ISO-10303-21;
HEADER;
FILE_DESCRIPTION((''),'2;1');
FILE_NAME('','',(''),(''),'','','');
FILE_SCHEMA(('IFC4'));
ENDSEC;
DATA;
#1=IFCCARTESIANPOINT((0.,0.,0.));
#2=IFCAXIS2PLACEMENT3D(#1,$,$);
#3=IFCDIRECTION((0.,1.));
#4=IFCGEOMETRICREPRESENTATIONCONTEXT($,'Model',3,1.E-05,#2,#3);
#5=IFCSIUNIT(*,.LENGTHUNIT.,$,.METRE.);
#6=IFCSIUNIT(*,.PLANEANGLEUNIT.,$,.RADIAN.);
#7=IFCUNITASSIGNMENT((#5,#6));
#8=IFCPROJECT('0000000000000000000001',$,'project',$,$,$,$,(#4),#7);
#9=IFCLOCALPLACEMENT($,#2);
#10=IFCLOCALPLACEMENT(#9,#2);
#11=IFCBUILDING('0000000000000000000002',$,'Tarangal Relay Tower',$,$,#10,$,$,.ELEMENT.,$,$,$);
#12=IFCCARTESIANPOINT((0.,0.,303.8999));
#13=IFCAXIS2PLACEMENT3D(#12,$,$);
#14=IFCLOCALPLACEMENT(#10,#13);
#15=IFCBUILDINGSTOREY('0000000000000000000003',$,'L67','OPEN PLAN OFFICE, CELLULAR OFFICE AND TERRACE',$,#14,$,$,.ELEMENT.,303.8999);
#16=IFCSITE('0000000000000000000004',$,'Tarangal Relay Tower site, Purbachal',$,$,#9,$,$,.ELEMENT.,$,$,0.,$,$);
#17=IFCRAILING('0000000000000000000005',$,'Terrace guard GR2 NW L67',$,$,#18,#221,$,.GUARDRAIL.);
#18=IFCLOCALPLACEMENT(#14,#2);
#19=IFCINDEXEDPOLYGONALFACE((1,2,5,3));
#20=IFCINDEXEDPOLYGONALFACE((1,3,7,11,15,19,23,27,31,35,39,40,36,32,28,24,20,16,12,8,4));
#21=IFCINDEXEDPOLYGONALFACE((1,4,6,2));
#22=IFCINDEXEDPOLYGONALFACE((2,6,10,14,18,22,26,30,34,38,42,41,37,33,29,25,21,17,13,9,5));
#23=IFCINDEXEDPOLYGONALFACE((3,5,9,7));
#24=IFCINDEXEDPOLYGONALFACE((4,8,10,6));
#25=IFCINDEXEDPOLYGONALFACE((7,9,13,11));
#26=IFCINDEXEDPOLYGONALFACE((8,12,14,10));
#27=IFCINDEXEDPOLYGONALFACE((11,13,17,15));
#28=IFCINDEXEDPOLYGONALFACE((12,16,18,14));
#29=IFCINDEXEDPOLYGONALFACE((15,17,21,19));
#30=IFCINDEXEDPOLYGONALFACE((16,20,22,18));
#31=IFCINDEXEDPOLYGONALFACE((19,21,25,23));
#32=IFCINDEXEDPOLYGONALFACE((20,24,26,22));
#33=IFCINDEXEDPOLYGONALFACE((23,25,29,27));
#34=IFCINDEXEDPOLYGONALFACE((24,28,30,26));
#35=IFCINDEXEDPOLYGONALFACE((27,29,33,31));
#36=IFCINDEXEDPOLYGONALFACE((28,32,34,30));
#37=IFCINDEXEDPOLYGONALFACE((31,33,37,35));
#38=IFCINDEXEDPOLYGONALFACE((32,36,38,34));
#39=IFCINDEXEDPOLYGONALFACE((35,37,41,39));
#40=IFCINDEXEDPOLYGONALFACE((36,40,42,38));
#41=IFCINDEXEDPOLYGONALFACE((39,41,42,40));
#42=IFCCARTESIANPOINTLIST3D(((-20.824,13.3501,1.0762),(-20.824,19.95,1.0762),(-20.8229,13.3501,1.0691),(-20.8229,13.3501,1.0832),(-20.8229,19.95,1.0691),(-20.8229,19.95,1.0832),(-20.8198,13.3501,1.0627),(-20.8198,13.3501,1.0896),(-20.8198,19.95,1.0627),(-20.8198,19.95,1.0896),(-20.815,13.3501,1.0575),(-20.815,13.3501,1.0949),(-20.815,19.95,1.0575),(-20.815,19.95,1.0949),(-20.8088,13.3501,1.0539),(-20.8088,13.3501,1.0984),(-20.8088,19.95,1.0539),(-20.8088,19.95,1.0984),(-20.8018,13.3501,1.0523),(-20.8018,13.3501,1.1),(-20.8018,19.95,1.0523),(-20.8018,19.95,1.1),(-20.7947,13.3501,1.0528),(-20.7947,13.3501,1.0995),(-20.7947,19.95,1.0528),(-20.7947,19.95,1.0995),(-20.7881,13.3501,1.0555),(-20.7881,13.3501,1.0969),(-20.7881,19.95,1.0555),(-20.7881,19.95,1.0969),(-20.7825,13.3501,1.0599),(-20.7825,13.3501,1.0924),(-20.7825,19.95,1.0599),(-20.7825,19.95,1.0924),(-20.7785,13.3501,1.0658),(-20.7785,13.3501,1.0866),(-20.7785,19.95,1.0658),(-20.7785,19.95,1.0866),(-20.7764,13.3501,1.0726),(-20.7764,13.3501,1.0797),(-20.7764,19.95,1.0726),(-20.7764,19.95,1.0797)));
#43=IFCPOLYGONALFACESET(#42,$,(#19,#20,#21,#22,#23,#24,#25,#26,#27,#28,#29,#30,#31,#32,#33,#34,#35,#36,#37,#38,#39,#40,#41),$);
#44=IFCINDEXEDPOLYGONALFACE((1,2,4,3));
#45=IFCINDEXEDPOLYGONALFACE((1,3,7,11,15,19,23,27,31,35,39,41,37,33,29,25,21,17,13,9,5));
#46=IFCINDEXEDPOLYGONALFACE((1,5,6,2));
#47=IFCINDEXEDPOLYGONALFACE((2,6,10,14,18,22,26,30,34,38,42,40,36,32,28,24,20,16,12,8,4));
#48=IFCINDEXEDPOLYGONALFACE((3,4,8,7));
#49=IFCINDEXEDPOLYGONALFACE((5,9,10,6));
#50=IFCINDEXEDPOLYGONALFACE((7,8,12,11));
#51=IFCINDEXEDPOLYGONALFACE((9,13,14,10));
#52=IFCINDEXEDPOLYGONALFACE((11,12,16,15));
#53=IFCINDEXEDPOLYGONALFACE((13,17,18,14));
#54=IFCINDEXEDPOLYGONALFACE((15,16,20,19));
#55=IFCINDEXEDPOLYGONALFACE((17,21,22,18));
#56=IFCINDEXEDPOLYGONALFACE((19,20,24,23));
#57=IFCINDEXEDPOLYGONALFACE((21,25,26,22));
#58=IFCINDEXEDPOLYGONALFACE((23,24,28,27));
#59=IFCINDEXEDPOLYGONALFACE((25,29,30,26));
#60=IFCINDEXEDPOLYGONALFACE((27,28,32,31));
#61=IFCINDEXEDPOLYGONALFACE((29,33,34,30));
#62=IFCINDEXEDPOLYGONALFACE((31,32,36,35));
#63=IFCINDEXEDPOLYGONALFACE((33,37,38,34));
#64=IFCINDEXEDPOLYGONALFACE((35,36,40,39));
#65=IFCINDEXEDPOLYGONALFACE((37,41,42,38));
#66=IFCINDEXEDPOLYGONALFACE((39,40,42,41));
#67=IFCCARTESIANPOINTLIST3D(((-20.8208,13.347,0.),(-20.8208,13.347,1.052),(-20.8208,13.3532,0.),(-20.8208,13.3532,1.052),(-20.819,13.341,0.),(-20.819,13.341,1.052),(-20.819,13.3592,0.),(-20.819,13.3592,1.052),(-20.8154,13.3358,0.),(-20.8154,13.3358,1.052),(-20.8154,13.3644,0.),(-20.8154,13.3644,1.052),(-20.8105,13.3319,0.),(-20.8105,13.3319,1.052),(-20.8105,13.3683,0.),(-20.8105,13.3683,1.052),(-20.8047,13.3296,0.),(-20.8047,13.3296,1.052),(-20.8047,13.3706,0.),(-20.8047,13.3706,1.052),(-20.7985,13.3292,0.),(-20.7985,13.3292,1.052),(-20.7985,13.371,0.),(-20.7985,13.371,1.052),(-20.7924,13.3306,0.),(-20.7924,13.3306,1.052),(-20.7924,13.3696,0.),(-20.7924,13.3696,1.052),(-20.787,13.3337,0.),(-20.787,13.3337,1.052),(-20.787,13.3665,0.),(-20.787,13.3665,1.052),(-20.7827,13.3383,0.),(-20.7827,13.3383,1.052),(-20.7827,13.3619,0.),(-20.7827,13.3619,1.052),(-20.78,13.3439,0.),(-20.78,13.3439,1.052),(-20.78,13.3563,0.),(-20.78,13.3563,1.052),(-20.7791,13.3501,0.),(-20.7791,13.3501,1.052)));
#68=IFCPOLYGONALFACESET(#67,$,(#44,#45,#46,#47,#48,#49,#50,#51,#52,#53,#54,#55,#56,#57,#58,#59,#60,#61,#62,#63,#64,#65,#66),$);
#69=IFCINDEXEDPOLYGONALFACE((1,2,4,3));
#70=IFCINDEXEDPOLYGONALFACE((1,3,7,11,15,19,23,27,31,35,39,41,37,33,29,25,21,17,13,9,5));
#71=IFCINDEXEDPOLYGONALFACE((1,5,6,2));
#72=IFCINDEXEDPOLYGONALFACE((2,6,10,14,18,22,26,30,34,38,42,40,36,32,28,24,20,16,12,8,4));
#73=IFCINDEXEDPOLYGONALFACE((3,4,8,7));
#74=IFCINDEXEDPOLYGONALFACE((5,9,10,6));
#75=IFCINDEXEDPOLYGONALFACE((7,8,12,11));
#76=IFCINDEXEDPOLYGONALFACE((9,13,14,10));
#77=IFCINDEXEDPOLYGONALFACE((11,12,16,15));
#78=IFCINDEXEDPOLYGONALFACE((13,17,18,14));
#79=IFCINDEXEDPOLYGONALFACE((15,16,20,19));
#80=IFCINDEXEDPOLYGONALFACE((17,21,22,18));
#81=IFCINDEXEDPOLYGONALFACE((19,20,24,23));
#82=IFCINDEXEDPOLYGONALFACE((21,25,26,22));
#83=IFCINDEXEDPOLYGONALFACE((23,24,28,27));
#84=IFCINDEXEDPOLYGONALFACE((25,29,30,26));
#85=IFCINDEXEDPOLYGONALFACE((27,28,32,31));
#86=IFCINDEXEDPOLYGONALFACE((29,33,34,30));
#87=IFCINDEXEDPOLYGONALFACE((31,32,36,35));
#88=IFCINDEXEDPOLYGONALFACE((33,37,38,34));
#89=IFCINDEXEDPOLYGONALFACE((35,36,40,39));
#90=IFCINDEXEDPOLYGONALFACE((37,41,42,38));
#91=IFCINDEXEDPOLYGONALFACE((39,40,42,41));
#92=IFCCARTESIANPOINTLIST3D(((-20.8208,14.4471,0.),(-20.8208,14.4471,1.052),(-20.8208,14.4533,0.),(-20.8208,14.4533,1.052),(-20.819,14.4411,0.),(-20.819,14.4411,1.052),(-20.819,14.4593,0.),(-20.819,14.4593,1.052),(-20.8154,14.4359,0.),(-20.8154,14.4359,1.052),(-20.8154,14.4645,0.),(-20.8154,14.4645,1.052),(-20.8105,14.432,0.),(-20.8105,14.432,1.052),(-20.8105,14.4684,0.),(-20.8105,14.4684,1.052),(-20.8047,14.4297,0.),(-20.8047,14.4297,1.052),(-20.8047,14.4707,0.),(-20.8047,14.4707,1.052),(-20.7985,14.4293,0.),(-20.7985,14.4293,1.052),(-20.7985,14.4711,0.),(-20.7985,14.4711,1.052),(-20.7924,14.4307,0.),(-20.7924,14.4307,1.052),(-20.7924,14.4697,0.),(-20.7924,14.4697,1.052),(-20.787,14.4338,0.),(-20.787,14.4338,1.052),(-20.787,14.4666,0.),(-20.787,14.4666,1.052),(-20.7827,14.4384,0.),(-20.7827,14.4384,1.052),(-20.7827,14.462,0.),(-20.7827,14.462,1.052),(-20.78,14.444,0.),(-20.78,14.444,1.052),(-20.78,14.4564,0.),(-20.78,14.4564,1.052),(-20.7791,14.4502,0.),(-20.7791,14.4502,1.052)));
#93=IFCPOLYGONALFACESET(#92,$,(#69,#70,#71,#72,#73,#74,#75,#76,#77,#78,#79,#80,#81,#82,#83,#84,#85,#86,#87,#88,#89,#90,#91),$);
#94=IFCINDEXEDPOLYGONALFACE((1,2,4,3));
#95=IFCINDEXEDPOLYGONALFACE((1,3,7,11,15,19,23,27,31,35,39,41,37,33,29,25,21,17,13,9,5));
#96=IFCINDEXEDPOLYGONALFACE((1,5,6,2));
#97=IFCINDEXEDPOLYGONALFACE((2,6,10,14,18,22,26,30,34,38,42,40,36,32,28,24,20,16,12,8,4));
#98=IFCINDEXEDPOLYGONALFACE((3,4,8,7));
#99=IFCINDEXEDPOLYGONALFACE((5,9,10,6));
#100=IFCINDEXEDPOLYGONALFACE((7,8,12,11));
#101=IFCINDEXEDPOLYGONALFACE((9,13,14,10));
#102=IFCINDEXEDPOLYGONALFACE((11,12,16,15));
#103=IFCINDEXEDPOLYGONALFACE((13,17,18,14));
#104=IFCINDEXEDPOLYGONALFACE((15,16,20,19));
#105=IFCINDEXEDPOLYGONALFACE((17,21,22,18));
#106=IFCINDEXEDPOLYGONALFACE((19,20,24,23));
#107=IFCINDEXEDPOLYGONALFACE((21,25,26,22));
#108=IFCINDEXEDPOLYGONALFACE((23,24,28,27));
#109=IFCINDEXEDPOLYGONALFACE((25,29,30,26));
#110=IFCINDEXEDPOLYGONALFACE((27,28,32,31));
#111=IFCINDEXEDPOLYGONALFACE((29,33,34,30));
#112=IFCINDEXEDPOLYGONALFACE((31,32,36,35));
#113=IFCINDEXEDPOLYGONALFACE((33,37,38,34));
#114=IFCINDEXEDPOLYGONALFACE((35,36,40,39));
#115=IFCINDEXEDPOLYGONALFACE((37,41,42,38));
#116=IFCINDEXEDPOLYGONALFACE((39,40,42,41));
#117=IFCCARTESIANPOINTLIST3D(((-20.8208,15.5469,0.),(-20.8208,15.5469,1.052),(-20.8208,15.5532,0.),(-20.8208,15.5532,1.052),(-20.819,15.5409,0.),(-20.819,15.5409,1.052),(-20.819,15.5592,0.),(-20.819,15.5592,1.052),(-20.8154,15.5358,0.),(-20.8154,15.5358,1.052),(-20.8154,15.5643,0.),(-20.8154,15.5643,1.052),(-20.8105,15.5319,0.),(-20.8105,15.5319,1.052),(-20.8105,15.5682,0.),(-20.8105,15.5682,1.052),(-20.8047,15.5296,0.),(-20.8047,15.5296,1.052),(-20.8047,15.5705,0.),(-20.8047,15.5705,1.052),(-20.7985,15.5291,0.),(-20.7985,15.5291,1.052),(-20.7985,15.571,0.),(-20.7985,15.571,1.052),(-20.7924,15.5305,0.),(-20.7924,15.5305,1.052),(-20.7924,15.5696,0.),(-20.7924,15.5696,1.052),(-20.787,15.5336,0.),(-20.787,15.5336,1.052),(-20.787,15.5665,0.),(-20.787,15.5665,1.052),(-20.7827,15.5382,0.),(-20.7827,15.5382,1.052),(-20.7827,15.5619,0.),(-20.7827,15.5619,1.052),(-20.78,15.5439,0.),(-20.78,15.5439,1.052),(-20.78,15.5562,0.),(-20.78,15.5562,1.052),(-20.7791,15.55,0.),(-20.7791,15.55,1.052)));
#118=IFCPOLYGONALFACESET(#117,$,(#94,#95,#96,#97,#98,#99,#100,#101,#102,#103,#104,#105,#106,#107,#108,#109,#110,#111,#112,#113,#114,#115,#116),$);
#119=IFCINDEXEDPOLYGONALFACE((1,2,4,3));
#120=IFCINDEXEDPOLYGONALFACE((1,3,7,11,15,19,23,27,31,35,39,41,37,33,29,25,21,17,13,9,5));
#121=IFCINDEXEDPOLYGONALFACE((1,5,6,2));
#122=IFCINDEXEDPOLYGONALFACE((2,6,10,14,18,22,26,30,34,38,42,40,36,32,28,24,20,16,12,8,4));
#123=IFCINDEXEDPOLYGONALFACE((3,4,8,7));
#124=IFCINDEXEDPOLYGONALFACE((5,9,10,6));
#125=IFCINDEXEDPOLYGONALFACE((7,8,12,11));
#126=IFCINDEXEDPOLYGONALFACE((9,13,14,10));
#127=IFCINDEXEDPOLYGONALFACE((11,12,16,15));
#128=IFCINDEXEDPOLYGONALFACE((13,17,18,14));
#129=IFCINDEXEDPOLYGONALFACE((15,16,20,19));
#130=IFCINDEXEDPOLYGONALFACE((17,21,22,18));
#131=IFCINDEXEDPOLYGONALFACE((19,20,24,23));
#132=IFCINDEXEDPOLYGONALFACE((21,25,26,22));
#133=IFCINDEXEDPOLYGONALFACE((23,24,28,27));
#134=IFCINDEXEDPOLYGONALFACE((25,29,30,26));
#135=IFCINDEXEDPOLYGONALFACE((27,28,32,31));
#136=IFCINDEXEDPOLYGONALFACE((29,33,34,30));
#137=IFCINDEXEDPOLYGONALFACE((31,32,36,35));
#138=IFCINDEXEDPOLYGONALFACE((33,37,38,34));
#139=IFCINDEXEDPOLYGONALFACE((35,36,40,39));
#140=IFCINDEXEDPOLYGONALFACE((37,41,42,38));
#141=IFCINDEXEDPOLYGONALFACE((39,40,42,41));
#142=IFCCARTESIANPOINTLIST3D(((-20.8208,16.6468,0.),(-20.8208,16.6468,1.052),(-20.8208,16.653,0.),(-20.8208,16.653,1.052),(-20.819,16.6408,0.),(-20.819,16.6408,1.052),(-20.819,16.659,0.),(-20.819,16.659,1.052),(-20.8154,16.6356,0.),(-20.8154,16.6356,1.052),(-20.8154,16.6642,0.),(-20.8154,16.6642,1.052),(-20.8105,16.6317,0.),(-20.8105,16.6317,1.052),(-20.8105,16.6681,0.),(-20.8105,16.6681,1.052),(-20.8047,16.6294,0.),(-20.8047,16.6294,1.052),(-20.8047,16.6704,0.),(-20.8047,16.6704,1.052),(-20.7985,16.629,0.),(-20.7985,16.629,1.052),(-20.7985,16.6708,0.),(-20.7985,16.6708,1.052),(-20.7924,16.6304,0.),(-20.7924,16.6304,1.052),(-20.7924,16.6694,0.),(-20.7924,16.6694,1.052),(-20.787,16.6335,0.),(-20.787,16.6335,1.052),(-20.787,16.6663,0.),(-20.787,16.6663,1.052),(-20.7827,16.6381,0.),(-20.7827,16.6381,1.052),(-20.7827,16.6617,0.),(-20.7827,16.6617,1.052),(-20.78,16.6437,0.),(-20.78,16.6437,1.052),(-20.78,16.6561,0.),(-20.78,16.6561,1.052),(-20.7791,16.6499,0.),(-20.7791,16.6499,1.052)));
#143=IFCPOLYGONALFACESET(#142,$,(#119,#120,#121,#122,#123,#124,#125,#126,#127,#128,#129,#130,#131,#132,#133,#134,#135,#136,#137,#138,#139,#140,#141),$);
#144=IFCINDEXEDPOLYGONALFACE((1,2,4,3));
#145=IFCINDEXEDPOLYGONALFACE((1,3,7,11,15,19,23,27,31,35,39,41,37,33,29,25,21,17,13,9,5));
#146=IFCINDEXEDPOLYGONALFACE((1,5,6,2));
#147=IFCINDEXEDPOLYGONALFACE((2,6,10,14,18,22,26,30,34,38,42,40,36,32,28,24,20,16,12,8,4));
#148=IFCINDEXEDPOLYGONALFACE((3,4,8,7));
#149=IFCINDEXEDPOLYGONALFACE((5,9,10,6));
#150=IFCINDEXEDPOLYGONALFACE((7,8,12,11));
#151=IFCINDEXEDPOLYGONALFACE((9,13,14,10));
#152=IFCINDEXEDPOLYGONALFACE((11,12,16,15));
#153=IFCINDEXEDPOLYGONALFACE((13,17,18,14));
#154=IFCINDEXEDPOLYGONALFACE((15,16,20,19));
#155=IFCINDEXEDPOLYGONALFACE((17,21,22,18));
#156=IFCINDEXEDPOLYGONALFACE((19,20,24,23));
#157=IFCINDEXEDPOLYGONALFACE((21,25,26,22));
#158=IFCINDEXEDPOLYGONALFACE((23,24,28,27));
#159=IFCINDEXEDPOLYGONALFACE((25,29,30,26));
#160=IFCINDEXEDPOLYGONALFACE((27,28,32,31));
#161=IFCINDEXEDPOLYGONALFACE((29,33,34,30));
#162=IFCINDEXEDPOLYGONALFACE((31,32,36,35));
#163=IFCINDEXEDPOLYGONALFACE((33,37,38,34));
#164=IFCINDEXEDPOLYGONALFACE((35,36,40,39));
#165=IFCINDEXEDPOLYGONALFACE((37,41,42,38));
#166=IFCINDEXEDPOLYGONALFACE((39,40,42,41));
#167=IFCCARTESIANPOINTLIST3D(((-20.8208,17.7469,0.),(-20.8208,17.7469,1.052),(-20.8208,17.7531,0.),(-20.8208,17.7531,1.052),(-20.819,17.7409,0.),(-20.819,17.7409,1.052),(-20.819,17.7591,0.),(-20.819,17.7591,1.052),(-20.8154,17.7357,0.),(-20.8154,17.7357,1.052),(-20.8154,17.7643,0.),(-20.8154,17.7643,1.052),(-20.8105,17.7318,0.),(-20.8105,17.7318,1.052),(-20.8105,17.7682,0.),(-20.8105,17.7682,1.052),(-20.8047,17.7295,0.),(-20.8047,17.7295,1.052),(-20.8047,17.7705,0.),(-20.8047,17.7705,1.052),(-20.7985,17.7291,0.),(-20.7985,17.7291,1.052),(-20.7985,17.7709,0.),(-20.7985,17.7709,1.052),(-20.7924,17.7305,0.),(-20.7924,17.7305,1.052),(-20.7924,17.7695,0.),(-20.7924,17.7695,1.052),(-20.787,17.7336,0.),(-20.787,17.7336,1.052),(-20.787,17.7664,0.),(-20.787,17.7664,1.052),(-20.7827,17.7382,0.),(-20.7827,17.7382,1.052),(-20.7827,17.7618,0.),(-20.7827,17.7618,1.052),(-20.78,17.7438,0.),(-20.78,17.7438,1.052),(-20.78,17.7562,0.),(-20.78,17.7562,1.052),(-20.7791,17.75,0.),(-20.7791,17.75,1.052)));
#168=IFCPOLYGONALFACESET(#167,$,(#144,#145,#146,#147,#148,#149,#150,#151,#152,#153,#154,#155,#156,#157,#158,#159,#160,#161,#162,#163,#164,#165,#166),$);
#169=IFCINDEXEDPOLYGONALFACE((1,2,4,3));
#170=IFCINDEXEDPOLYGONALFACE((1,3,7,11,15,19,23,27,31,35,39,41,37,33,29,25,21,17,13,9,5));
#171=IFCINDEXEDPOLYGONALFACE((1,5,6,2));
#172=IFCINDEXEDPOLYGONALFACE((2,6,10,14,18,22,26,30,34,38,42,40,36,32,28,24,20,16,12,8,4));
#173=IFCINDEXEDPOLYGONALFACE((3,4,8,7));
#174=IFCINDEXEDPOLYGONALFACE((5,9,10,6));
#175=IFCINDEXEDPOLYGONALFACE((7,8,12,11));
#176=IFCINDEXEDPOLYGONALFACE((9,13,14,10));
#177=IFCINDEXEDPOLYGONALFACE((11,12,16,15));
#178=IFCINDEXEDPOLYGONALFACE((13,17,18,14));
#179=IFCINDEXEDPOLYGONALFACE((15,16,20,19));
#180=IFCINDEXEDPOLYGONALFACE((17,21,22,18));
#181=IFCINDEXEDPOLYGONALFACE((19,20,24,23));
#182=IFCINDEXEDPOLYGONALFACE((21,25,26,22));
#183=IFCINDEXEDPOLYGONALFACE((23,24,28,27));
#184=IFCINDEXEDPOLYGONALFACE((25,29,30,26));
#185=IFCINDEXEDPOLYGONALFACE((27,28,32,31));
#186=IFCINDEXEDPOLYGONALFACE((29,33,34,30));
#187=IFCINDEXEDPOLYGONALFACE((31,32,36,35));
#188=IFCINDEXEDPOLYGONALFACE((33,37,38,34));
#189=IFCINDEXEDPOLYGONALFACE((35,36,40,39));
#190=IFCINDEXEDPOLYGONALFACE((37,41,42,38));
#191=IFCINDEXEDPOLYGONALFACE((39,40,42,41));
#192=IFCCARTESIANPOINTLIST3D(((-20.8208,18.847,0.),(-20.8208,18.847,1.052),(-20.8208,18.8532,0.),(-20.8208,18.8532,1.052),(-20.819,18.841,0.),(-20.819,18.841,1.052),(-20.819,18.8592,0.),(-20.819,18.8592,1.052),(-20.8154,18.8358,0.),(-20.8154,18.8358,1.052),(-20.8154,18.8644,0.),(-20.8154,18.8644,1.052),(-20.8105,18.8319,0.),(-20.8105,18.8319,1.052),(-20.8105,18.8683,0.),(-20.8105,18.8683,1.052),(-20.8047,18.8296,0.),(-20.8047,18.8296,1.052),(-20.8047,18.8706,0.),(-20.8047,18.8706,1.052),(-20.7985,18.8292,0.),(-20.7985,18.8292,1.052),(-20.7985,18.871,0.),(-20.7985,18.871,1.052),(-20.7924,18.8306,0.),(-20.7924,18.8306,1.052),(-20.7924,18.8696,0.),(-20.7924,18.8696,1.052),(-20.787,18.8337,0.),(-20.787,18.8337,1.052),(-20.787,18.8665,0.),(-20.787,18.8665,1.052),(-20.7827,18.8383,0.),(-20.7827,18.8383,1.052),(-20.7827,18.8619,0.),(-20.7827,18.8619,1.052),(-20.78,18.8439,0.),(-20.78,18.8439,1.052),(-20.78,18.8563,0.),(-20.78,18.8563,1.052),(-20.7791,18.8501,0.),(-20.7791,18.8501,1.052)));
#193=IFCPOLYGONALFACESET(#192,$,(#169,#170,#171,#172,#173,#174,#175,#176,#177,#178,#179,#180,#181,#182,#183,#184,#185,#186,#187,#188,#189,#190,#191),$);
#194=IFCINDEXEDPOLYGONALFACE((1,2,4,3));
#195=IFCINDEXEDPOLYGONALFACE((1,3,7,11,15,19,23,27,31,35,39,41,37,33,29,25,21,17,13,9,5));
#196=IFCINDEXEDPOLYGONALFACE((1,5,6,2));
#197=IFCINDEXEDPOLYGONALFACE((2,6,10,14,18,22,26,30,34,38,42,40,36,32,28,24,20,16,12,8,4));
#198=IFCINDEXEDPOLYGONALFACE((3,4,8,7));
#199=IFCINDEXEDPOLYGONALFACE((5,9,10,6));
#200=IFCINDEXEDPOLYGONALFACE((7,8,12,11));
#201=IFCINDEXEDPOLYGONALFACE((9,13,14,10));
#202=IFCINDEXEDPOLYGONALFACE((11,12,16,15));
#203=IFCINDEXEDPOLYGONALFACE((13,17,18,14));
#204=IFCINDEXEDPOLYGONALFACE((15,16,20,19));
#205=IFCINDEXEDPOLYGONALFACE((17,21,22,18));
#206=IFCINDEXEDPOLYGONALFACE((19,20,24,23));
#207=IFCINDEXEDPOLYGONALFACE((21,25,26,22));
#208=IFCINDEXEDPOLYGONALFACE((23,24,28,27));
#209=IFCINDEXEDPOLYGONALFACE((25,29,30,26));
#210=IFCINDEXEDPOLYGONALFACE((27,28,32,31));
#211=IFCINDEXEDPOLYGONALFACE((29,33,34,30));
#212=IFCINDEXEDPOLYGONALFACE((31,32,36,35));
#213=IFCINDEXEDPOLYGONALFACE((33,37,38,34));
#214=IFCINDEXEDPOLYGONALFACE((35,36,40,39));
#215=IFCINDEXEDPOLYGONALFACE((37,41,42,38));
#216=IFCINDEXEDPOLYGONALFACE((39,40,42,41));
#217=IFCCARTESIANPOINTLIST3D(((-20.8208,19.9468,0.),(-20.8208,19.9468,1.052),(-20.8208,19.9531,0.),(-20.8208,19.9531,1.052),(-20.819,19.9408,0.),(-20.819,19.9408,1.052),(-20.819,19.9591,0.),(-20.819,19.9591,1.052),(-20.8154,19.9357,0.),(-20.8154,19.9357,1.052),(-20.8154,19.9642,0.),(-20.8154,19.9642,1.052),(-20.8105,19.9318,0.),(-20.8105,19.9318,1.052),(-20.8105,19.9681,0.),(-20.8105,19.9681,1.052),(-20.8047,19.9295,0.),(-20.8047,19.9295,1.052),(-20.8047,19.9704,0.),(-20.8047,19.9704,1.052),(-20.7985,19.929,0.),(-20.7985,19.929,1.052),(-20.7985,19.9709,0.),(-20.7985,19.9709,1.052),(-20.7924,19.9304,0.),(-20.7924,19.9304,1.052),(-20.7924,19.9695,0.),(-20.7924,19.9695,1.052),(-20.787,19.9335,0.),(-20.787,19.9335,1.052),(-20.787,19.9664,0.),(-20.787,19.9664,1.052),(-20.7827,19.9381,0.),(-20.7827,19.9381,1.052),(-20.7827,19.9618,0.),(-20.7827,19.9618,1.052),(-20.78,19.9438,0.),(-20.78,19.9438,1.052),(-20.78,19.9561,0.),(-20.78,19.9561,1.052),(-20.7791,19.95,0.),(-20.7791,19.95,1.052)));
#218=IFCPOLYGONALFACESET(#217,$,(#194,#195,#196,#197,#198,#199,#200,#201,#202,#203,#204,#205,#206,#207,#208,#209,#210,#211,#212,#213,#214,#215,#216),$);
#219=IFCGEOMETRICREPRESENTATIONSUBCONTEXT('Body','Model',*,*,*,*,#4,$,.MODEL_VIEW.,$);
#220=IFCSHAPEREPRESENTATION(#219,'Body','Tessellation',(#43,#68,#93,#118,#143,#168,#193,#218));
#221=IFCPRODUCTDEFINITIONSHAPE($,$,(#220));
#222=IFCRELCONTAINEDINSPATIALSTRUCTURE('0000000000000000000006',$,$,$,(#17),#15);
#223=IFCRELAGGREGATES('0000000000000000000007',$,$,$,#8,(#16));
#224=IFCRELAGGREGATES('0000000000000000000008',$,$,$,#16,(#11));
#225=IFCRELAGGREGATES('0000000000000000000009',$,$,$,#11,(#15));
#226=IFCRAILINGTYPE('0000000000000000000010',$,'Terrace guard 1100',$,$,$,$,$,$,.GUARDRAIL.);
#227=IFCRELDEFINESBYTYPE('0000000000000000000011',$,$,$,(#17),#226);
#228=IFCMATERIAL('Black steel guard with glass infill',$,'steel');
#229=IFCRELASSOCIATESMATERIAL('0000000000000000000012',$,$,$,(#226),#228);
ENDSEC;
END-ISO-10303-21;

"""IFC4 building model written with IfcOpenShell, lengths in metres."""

from ifc_helpers import new_model, si_unit, direction, frame, origin, origin_2d, place, context, subcontext, project, spatial, circle, extrude, material, type_object, element, save


model = new_model("IFC4")

# Units and contexts
model_context = context("Model", 3, precision=1e-05, world=origin(), true_north=direction((0.0, 1.0)))
body_context = subcontext(model_context, "Body", "Model", "MODEL_VIEW")
ifc_project = project(units=[si_unit("LENGTHUNIT", "METRE"), si_unit("PLANEANGLEUNIT", "RADIAN")], contexts=[model_context])

# Site, building, storey
site_placement = place(None, origin())
site = spatial("IfcSite", under=ifc_project, at=site_placement, Name="Tarangal Relay Tower site, Purbachal", CompositionType="ELEMENT", RefElevation=0.0)
building_placement = place(site_placement, origin())
building = spatial("IfcBuilding", under=site, at=building_placement, Name="Tarangal Relay Tower", CompositionType="ELEMENT")
storey_placement = place(building_placement, frame((0.0, 0.0, 303.8999)))
storey = spatial("IfcBuildingStorey", under=building, at=storey_placement, Name="L67", Description="OPEN PLAN OFFICE, CELLULAR OFFICE AND TERRACE", CompositionType="ELEMENT", Elevation=303.8999)

# Railing
ifc_material_1 = material(Name="Black steel guard with glass infill", Category="steel")
railing_type = type_object("IfcRailingType", Name="Terrace guard 1100", PredefinedType="GUARDRAIL", material=ifc_material_1)
railing_1_placement = place(storey_placement, frame((-20.8, 13.3501, 0.0)))
element("IfcRailing", 1, at=railing_1_placement, inside=storey, type_object=railing_type, Name="Terrace guard GR2 NW L67", PredefinedType="GUARDRAIL", context=body_context, shape_type="SweptSolid", body=[
    extrude(circle(Radius=0.0239, at=origin_2d()), frame((0.0, 0.0, 1.0762), z_axis=(0.0, 1.0, 0.0), x_axis=(-1.0, 0.0, 0.0)), (0.0, 0.0, 1.0), 6.5999),
    extrude(circle(Radius=0.021, at=origin_2d()), origin(), (0.0, 0.0, 1.0), 1.052),
    extrude(circle(Radius=0.021, at=origin_2d()), frame((0.0, 1.1001, 0.0)), (0.0, 0.0, 1.0), 1.052),
    extrude(circle(Radius=0.021, at=origin_2d()), frame((0.0, 2.2, 0.0)), (0.0, 0.0, 1.0), 1.052),
    extrude(circle(Radius=0.021, at=origin_2d()), frame((0.0, 3.2998, 0.0)), (0.0, 0.0, 1.0), 1.052),
    extrude(circle(Radius=0.021, at=origin_2d()), frame((0.0, 4.3999, 0.0)), (0.0, 0.0, 1.0), 1.052),
    extrude(circle(Radius=0.021, at=origin_2d()), frame((0.0, 5.5, 0.0)), (0.0, 0.0, 1.0), 1.052),
    extrude(circle(Radius=0.021, at=origin_2d()), frame((0.0, 6.5999, 0.0)), (0.0, 0.0, 1.0), 1.052),
])

save(model, "model.ifc")
